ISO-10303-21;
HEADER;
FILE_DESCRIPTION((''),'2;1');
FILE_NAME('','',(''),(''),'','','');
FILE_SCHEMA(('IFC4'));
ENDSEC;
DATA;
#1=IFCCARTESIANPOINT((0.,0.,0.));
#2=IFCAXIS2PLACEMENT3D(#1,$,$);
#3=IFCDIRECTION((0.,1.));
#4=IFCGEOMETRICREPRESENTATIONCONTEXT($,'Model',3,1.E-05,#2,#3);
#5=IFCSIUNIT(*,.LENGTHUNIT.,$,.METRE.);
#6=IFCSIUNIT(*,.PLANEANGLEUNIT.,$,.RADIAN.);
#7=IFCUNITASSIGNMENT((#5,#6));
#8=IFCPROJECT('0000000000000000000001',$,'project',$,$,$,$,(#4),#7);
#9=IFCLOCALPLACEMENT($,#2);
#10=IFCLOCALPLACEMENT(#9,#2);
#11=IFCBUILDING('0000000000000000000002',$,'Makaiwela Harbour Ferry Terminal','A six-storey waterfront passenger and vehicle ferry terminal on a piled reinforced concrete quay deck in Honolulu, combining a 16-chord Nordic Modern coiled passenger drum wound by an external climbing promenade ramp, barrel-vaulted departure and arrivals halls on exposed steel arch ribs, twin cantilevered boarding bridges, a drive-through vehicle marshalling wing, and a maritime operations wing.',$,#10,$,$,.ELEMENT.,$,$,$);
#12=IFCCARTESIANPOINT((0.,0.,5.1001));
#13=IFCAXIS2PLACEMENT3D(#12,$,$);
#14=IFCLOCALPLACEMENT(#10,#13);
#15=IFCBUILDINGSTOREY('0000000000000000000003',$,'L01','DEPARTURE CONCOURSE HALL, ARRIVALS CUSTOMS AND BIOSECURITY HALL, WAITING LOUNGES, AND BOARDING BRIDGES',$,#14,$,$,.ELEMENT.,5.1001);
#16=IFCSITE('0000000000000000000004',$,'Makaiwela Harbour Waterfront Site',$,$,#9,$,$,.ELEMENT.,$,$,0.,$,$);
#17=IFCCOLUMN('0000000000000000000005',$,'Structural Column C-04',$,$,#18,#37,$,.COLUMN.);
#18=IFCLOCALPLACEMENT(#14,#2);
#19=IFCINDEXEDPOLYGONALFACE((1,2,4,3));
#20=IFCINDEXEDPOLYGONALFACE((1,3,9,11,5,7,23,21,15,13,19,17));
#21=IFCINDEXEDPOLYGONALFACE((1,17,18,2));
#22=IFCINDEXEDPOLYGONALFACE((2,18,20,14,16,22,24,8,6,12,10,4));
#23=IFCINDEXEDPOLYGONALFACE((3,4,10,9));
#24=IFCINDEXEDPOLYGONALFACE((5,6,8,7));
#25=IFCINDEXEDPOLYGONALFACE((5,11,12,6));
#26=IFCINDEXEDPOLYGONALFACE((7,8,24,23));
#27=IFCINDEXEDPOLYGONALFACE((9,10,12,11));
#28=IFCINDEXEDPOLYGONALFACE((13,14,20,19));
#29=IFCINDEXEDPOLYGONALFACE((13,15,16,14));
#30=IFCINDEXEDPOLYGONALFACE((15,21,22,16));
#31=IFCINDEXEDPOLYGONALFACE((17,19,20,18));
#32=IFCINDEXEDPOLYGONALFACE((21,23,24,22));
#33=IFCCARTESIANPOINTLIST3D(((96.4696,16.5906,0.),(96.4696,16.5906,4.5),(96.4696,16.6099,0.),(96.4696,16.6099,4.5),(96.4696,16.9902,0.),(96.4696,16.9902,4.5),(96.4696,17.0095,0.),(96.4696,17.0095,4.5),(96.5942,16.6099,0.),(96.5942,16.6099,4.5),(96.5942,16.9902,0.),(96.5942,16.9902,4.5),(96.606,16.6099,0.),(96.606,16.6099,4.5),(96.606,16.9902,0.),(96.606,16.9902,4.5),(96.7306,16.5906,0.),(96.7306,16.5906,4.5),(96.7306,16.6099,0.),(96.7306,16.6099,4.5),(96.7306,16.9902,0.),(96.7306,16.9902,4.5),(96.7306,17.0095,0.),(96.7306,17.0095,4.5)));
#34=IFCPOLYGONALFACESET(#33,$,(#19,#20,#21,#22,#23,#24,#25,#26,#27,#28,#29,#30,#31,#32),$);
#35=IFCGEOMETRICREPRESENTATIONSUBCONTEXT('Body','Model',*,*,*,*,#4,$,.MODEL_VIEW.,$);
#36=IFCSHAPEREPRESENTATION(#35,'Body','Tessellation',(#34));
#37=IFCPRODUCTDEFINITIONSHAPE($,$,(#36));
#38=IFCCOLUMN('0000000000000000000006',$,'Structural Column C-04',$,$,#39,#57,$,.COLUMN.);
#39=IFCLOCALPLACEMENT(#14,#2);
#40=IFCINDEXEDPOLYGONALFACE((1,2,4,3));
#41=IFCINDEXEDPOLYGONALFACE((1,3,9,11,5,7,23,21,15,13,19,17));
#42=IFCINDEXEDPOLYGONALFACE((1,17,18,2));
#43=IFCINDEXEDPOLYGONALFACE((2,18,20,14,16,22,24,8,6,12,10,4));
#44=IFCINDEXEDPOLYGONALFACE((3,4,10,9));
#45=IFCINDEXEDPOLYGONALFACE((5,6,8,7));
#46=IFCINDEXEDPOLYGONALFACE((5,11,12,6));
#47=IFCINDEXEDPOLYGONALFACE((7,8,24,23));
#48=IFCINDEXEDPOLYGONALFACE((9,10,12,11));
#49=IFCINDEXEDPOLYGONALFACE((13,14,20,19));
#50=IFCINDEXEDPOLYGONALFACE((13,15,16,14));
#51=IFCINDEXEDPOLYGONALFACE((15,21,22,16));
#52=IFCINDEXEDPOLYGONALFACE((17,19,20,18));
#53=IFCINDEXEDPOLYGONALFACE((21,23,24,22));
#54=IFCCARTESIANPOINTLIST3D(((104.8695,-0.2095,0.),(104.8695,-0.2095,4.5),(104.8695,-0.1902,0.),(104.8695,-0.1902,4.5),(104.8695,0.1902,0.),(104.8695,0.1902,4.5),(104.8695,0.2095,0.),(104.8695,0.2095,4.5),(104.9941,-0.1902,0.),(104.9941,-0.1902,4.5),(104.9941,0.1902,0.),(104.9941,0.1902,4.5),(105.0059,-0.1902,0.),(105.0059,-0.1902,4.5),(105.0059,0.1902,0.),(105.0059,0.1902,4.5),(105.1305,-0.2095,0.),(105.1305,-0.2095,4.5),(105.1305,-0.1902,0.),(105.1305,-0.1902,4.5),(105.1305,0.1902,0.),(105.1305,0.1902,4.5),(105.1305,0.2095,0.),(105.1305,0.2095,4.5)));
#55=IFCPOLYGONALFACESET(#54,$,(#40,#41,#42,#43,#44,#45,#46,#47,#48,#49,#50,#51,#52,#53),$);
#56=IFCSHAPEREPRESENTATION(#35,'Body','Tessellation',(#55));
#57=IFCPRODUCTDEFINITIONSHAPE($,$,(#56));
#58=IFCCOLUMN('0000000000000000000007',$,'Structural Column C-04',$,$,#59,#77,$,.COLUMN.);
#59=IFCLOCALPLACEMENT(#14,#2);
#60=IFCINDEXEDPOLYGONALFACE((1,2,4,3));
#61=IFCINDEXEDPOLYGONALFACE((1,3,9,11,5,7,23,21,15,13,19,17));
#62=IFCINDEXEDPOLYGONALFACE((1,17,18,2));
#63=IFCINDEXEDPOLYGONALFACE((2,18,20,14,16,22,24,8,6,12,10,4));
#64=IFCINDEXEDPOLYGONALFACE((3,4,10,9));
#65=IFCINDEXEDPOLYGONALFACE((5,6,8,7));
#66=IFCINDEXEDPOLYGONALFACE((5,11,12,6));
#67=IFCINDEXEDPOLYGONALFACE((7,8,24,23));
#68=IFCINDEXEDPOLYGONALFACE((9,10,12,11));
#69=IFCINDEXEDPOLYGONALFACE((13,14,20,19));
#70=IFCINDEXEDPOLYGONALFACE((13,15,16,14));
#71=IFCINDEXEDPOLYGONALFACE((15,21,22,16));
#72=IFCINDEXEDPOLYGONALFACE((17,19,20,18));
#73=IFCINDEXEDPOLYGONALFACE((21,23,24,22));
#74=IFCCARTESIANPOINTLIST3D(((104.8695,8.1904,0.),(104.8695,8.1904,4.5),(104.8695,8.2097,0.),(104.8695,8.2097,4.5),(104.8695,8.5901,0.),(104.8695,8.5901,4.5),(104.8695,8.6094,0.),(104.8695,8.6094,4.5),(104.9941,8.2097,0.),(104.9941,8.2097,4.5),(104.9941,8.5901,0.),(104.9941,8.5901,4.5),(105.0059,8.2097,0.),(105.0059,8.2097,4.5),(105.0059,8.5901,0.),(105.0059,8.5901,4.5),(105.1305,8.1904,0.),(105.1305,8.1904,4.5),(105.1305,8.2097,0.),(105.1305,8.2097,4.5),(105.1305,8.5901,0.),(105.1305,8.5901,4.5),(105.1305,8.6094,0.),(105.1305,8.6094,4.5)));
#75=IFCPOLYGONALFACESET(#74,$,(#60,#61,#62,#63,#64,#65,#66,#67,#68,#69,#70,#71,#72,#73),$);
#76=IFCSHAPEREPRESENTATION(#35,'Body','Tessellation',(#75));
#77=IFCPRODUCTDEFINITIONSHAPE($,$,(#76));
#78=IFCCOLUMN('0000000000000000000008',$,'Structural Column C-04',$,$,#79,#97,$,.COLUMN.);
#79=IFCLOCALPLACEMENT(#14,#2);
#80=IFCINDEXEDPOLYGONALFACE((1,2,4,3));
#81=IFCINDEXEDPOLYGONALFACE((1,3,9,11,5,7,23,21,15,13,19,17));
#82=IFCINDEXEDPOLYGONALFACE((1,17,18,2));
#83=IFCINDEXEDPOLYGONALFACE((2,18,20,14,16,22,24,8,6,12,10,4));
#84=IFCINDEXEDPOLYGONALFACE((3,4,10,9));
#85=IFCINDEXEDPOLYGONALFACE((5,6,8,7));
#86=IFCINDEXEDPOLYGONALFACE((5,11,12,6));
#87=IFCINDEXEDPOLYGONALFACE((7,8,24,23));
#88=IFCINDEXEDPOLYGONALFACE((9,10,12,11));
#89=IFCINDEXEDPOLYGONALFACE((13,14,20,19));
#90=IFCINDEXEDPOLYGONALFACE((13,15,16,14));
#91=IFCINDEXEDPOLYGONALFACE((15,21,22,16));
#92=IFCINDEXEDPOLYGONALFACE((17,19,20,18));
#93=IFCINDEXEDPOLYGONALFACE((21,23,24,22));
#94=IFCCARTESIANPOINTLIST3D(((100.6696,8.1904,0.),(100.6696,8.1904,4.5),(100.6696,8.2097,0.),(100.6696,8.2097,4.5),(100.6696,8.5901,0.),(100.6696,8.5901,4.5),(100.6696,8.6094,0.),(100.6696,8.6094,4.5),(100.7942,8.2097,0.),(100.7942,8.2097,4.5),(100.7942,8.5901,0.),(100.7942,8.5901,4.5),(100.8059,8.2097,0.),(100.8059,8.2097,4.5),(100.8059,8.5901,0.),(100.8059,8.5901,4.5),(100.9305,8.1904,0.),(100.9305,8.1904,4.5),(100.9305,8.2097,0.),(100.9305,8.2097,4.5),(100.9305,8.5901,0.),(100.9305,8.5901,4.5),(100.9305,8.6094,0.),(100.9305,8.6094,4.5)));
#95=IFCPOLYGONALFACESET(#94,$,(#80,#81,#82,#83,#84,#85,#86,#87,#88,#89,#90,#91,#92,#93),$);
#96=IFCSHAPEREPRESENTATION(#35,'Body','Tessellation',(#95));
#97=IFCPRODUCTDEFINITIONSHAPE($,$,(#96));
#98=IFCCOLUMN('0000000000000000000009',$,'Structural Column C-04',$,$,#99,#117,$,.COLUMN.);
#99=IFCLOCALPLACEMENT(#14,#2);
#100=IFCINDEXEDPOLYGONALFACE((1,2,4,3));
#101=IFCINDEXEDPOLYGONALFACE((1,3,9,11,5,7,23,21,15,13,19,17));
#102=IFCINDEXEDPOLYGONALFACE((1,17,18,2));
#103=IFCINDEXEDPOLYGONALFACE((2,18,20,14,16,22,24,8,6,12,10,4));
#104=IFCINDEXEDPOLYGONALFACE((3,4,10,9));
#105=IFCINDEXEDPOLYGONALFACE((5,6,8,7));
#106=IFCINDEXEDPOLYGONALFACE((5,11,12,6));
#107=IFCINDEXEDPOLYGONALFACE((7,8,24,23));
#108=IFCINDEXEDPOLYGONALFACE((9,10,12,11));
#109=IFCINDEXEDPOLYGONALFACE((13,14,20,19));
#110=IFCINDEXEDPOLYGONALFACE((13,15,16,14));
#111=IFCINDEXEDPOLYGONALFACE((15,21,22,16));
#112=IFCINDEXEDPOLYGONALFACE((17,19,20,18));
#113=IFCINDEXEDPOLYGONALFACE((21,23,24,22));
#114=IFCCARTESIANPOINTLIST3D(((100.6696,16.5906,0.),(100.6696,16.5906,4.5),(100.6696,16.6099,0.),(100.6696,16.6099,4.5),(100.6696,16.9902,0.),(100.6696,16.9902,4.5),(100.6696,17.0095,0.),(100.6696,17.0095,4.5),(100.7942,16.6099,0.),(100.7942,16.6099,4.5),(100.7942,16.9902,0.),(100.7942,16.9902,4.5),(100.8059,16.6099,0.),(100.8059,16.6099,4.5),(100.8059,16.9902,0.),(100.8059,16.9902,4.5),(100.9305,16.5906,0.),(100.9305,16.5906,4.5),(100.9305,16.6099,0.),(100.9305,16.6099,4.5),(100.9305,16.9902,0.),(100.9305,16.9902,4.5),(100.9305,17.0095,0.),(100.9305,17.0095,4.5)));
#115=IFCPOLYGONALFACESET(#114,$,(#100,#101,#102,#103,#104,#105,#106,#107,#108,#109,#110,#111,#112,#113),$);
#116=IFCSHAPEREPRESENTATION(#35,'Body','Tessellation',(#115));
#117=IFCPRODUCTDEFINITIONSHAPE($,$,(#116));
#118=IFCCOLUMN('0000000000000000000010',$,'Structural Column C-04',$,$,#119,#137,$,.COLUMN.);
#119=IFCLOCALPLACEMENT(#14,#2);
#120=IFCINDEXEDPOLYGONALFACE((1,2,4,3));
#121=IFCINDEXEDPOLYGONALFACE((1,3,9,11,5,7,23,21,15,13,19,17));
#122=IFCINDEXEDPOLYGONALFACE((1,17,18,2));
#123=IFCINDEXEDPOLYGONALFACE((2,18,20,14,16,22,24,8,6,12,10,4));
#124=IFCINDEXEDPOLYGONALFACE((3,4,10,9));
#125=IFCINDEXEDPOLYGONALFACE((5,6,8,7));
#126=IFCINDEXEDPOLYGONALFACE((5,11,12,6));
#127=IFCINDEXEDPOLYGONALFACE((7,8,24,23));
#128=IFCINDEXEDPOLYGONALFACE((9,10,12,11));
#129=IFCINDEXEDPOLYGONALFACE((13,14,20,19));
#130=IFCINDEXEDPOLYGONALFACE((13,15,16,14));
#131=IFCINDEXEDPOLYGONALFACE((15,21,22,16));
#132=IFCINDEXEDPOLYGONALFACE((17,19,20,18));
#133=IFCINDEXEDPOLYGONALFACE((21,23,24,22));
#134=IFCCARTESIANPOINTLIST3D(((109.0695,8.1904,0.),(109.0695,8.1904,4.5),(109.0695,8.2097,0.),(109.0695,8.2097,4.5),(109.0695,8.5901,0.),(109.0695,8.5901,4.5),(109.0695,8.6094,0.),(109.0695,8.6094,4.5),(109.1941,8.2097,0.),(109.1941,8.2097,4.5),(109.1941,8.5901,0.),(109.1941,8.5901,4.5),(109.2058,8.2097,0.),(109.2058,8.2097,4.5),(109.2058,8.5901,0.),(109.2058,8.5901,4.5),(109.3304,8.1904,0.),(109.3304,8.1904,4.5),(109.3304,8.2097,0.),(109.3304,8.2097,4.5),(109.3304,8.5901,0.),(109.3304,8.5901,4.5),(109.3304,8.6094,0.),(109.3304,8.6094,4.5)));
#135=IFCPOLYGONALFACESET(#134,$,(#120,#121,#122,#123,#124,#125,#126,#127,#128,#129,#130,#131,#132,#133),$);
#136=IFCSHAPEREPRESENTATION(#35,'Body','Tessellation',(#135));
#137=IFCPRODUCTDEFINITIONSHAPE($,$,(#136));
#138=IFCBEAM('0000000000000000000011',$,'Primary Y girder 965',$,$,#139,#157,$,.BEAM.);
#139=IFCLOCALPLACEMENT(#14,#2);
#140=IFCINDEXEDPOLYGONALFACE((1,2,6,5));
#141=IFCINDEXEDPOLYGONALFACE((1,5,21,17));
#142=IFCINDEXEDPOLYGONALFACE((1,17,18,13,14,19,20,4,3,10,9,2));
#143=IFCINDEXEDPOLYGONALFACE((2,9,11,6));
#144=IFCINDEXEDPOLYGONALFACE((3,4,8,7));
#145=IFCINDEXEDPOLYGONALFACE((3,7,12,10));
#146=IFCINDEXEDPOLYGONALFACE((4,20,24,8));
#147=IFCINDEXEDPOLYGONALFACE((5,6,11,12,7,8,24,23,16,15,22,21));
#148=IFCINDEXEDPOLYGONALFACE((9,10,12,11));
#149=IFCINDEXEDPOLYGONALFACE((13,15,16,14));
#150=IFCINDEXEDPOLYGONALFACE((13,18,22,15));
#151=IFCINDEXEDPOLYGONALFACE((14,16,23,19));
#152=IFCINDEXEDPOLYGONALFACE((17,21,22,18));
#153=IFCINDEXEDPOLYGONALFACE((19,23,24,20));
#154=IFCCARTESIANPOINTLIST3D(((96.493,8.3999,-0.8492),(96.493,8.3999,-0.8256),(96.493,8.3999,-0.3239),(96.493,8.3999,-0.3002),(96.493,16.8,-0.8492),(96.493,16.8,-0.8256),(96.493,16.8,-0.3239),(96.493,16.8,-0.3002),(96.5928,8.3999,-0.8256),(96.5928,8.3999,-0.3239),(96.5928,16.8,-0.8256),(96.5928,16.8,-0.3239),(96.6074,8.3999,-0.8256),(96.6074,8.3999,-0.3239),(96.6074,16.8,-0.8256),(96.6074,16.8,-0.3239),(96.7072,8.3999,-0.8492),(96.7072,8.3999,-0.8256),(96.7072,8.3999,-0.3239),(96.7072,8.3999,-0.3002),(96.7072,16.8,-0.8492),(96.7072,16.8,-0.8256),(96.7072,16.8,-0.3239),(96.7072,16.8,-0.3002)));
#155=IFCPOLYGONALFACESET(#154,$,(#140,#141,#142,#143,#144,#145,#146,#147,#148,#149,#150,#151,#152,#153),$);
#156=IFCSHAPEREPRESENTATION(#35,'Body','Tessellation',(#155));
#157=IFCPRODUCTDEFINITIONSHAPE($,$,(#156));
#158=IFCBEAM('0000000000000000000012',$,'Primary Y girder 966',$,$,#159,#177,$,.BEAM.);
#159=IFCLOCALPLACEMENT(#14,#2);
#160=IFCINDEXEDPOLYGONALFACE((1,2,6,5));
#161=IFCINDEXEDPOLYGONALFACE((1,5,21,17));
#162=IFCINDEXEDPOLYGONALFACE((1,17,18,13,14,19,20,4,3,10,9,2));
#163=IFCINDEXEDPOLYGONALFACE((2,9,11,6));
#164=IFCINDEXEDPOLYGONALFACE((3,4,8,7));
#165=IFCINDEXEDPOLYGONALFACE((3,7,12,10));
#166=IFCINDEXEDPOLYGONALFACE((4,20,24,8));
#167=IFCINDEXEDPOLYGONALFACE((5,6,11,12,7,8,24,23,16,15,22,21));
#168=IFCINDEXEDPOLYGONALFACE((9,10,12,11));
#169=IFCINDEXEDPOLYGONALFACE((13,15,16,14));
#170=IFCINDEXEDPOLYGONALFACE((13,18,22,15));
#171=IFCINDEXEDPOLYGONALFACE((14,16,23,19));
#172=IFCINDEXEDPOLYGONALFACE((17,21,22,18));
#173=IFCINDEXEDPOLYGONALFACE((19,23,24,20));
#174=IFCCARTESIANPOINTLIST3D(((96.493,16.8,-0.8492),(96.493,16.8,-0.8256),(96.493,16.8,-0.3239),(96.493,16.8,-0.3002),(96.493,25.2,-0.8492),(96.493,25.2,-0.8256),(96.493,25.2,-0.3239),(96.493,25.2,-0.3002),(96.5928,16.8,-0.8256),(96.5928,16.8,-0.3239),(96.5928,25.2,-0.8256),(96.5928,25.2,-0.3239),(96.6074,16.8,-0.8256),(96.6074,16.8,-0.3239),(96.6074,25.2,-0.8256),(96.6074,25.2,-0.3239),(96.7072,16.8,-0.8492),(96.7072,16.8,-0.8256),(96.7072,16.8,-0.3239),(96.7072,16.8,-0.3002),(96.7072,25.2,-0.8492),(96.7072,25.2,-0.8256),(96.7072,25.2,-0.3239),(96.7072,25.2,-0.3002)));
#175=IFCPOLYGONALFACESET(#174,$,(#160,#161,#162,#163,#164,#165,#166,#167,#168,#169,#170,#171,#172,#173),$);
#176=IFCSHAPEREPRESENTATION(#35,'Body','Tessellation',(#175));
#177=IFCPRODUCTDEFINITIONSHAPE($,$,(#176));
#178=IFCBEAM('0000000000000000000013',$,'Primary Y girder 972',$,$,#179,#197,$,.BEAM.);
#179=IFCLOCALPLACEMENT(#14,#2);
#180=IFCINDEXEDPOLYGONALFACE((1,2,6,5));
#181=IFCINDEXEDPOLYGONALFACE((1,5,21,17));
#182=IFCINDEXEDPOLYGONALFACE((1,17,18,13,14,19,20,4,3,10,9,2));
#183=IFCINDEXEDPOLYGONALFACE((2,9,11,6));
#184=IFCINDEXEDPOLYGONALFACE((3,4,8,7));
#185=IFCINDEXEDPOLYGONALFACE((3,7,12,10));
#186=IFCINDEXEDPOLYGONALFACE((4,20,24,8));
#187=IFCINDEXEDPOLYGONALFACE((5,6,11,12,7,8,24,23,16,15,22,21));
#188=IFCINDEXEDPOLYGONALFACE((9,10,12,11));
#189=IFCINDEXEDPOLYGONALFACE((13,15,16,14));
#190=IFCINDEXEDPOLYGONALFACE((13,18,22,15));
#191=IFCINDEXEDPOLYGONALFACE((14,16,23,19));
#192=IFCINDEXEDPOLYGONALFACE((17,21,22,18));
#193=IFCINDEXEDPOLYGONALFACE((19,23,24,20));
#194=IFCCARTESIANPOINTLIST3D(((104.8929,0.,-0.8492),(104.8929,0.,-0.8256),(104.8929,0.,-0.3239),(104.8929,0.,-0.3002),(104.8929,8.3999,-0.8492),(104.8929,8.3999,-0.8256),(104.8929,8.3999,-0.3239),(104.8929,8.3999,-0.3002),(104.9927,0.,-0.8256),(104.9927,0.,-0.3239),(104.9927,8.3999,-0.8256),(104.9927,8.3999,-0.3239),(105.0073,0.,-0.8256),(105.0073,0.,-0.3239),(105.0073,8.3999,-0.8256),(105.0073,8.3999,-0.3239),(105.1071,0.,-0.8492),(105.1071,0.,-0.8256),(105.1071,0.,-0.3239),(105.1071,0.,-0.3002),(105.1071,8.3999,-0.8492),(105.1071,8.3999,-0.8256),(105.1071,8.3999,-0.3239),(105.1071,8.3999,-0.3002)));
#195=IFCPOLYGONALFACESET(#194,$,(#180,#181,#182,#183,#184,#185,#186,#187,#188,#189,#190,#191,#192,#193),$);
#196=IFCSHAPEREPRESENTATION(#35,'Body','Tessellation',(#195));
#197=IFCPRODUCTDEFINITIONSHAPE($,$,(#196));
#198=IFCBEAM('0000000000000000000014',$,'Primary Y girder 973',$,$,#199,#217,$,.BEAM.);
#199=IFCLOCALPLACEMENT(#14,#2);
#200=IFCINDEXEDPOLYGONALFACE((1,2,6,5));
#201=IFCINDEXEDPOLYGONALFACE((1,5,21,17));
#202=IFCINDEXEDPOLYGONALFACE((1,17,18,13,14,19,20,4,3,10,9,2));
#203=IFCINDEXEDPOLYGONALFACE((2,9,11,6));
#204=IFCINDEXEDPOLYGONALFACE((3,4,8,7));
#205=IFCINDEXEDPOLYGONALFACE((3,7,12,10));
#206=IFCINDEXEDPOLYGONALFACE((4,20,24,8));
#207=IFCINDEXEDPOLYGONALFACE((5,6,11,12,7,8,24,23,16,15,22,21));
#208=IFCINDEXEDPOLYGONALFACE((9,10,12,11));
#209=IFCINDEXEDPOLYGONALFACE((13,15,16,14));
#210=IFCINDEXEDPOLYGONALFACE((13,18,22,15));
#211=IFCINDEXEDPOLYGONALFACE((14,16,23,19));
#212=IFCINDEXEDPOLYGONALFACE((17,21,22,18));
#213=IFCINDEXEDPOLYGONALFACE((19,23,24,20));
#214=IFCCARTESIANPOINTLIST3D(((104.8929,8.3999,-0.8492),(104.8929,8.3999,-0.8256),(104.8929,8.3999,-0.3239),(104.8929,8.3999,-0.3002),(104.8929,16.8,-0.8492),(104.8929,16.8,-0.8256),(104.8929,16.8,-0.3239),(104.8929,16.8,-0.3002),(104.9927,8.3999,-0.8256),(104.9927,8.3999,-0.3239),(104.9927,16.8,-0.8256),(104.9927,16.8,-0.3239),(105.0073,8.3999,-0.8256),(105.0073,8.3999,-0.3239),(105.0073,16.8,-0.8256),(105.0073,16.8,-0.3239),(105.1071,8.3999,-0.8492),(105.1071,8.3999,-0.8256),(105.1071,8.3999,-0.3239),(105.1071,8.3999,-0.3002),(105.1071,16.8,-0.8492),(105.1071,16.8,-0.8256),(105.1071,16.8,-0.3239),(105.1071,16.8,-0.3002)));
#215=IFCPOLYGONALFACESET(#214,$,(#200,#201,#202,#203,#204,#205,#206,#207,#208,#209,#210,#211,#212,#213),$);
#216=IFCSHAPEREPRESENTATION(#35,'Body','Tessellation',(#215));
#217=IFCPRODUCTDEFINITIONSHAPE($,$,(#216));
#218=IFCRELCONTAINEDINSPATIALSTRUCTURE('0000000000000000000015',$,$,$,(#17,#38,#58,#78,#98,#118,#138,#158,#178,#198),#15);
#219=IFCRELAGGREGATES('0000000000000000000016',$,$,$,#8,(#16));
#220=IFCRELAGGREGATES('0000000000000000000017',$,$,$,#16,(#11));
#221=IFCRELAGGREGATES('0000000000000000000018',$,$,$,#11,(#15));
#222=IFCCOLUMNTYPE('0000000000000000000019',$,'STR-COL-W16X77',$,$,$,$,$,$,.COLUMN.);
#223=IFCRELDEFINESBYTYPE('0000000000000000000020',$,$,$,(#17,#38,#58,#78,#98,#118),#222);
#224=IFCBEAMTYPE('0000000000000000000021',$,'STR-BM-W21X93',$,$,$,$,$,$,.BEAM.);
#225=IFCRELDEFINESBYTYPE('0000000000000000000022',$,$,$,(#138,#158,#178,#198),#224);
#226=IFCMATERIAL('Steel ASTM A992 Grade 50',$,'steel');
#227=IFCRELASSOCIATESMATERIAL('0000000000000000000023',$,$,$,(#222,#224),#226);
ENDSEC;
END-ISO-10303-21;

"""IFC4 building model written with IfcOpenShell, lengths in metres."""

from ifc_helpers import new_model, si_unit, direction, frame, origin, origin_2d, place, context, subcontext, project, spatial, i_section, extrude, material, material_profile, profile_set, type_object, element, save


model = new_model("IFC4")

# Units and contexts
model_context = context("Model", 3, precision=1e-05, world=origin(), true_north=direction((0.0, 1.0)))
body_context = subcontext(model_context, "Body", "Model", "MODEL_VIEW")
ifc_project = project(units=[si_unit("LENGTHUNIT", "METRE"), si_unit("PLANEANGLEUNIT", "RADIAN")], contexts=[model_context])

# Site, building, storey
site_placement = place(None, origin())
site = spatial("IfcSite", under=ifc_project, at=site_placement, Name="Makaiwela Harbour Waterfront Site", CompositionType="ELEMENT", RefElevation=0.0)
building_placement = place(site_placement, origin())
building = spatial("IfcBuilding", under=site, at=building_placement, Name="Makaiwela Harbour Ferry Terminal", Description="A six-storey waterfront passenger and vehicle ferry terminal on a piled reinforced concrete quay deck in Honolulu, combining a 16-chord Nordic Modern coiled passenger drum wound by an external climbing promenade ramp, barrel-vaulted departure and arrivals halls on exposed steel arch ribs, twin cantilevered boarding bridges, a drive-through vehicle marshalling wing, and a maritime operations wing.", CompositionType="ELEMENT")
storey_placement = place(building_placement, frame((0.0, 0.0, 5.1001)))
storey = spatial("IfcBuildingStorey", under=building, at=storey_placement, Name="L01", Description="DEPARTURE CONCOURSE HALL, ARRIVALS CUSTOMS AND BIOSECURITY HALL, WAITING LOUNGES, AND BOARDING BRIDGES", CompositionType="ELEMENT", Elevation=5.1001)

# Columns
ifc_material_1 = material(Name="Steel ASTM A992 Grade 50", Category="steel")
ifc_material_profile_1 = material_profile(ifc_material_1, i_section(OverallWidth=0.261, OverallDepth=0.4189, WebThickness=0.0117, FlangeThickness=0.0193, at=origin_2d()), Name="W16X77")
ifc_profile_set_1 = profile_set([ifc_material_profile_1], Name="Steel ASTM A992 Grade 50")
column_type = type_object("IfcColumnType", Name="STR-COL-W16X77", PredefinedType="COLUMN", material=ifc_profile_set_1)
for number, where, z_axis, x_axis, name in (
    (1, (96.6001, 16.8, 0.0), (0.0, 0.0, 1.0), (1.0, 0.0, 0.0), "Structural Column C-04"),
    (2, (105.0, 0.0, 0.0), (0.0, 0.0, 1.0), (1.0, 0.0, 0.0), "Structural Column C-04"),
    (3, (105.0, 8.3999, 0.0), (0.0, 0.0, 1.0), (1.0, 0.0, 0.0), "Structural Column C-04"),
    (4, (100.8, 8.3999, 0.0), (0.0, 0.0, 1.0), (1.0, 0.0, 0.0), "Structural Column C-04"),
    (5, (100.8, 16.8, 0.0), (0.0, 0.0, 1.0), (1.0, 0.0, 0.0), "Structural Column C-04"),
    (6, (109.2, 8.3999, 0.0), (0.0, 0.0, 1.0), (1.0, 0.0, 0.0), "Structural Column C-04"),
):
    element("IfcColumn", number, at=place(storey_placement, frame(where, z_axis=z_axis, x_axis=x_axis)), inside=storey, type_object=column_type, Name=name, PredefinedType="COLUMN", context=body_context, shape_type="SweptSolid", body=[
        extrude(i_section(OverallWidth=0.261, OverallDepth=0.4189, WebThickness=0.0117, FlangeThickness=0.0193, at=origin_2d()), origin(), (0.0, 0.0, 1.0), 4.5),
    ])

# Beams
ifc_material_profile_2 = material_profile(ifc_material_1, i_section(OverallWidth=0.2141, OverallDepth=0.5491, WebThickness=0.0146, FlangeThickness=0.0237, at=origin_2d()), Name="W21X93")
ifc_profile_set_2 = profile_set([ifc_material_profile_2], Name="Steel ASTM A992 Grade 50")
beam_type_1 = type_object("IfcBeamType", Name="STR-BM-W21X93", PredefinedType="BEAM", material=ifc_profile_set_2)
beam_1_placement = place(storey_placement, frame((96.6001, 8.3999, -0.5747), z_axis=(0.0, 1.0, 0.0), x_axis=(-1.0, 0.0, 0.0)))
element("IfcBeam", 7, at=beam_1_placement, inside=storey, type_object=beam_type_1, Name="Primary Y girder 965", PredefinedType="BEAM", context=body_context, shape_type="SweptSolid", body=[
    extrude(i_section(OverallWidth=0.2141, OverallDepth=0.5491, WebThickness=0.0146, FlangeThickness=0.0237, at=origin_2d()), origin(), (0.0, 0.0, 1.0), 8.4001),
])
for number, where, z_axis, x_axis, name in (
    (8, (96.6001, 16.8, -0.5747), (0.0, 1.0, 0.0), (-1.0, 0.0, 0.0), "Primary Y girder 966"),
    (9, (105.0, 0.0, -0.5747), (0.0, 1.0, 0.0), (-1.0, 0.0, 0.0), "Primary Y girder 972"),
):
    element("IfcBeam", number, at=place(storey_placement, frame(where, z_axis=z_axis, x_axis=x_axis)), inside=storey, type_object=beam_type_1, Name=name, PredefinedType="BEAM", context=body_context, shape_type="SweptSolid", body=[
        extrude(i_section(OverallWidth=0.2141, OverallDepth=0.5491, WebThickness=0.0146, FlangeThickness=0.0237, at=origin_2d()), origin(), (0.0, 0.0, 1.0), 8.3999),
    ])
beam_2_placement = place(storey_placement, frame((105.0, 8.3999, -0.5747), z_axis=(0.0, 1.0, 0.0), x_axis=(-1.0, 0.0, 0.0)))
element("IfcBeam", 10, at=beam_2_placement, inside=storey, type_object=beam_type_1, Name="Primary Y girder 973", PredefinedType="BEAM", context=body_context, shape_type="SweptSolid", body=[
    extrude(i_section(OverallWidth=0.2141, OverallDepth=0.5491, WebThickness=0.0146, FlangeThickness=0.0237, at=origin_2d()), origin(), (0.0, 0.0, 1.0), 8.4001),
])

save(model, "model.ifc")
